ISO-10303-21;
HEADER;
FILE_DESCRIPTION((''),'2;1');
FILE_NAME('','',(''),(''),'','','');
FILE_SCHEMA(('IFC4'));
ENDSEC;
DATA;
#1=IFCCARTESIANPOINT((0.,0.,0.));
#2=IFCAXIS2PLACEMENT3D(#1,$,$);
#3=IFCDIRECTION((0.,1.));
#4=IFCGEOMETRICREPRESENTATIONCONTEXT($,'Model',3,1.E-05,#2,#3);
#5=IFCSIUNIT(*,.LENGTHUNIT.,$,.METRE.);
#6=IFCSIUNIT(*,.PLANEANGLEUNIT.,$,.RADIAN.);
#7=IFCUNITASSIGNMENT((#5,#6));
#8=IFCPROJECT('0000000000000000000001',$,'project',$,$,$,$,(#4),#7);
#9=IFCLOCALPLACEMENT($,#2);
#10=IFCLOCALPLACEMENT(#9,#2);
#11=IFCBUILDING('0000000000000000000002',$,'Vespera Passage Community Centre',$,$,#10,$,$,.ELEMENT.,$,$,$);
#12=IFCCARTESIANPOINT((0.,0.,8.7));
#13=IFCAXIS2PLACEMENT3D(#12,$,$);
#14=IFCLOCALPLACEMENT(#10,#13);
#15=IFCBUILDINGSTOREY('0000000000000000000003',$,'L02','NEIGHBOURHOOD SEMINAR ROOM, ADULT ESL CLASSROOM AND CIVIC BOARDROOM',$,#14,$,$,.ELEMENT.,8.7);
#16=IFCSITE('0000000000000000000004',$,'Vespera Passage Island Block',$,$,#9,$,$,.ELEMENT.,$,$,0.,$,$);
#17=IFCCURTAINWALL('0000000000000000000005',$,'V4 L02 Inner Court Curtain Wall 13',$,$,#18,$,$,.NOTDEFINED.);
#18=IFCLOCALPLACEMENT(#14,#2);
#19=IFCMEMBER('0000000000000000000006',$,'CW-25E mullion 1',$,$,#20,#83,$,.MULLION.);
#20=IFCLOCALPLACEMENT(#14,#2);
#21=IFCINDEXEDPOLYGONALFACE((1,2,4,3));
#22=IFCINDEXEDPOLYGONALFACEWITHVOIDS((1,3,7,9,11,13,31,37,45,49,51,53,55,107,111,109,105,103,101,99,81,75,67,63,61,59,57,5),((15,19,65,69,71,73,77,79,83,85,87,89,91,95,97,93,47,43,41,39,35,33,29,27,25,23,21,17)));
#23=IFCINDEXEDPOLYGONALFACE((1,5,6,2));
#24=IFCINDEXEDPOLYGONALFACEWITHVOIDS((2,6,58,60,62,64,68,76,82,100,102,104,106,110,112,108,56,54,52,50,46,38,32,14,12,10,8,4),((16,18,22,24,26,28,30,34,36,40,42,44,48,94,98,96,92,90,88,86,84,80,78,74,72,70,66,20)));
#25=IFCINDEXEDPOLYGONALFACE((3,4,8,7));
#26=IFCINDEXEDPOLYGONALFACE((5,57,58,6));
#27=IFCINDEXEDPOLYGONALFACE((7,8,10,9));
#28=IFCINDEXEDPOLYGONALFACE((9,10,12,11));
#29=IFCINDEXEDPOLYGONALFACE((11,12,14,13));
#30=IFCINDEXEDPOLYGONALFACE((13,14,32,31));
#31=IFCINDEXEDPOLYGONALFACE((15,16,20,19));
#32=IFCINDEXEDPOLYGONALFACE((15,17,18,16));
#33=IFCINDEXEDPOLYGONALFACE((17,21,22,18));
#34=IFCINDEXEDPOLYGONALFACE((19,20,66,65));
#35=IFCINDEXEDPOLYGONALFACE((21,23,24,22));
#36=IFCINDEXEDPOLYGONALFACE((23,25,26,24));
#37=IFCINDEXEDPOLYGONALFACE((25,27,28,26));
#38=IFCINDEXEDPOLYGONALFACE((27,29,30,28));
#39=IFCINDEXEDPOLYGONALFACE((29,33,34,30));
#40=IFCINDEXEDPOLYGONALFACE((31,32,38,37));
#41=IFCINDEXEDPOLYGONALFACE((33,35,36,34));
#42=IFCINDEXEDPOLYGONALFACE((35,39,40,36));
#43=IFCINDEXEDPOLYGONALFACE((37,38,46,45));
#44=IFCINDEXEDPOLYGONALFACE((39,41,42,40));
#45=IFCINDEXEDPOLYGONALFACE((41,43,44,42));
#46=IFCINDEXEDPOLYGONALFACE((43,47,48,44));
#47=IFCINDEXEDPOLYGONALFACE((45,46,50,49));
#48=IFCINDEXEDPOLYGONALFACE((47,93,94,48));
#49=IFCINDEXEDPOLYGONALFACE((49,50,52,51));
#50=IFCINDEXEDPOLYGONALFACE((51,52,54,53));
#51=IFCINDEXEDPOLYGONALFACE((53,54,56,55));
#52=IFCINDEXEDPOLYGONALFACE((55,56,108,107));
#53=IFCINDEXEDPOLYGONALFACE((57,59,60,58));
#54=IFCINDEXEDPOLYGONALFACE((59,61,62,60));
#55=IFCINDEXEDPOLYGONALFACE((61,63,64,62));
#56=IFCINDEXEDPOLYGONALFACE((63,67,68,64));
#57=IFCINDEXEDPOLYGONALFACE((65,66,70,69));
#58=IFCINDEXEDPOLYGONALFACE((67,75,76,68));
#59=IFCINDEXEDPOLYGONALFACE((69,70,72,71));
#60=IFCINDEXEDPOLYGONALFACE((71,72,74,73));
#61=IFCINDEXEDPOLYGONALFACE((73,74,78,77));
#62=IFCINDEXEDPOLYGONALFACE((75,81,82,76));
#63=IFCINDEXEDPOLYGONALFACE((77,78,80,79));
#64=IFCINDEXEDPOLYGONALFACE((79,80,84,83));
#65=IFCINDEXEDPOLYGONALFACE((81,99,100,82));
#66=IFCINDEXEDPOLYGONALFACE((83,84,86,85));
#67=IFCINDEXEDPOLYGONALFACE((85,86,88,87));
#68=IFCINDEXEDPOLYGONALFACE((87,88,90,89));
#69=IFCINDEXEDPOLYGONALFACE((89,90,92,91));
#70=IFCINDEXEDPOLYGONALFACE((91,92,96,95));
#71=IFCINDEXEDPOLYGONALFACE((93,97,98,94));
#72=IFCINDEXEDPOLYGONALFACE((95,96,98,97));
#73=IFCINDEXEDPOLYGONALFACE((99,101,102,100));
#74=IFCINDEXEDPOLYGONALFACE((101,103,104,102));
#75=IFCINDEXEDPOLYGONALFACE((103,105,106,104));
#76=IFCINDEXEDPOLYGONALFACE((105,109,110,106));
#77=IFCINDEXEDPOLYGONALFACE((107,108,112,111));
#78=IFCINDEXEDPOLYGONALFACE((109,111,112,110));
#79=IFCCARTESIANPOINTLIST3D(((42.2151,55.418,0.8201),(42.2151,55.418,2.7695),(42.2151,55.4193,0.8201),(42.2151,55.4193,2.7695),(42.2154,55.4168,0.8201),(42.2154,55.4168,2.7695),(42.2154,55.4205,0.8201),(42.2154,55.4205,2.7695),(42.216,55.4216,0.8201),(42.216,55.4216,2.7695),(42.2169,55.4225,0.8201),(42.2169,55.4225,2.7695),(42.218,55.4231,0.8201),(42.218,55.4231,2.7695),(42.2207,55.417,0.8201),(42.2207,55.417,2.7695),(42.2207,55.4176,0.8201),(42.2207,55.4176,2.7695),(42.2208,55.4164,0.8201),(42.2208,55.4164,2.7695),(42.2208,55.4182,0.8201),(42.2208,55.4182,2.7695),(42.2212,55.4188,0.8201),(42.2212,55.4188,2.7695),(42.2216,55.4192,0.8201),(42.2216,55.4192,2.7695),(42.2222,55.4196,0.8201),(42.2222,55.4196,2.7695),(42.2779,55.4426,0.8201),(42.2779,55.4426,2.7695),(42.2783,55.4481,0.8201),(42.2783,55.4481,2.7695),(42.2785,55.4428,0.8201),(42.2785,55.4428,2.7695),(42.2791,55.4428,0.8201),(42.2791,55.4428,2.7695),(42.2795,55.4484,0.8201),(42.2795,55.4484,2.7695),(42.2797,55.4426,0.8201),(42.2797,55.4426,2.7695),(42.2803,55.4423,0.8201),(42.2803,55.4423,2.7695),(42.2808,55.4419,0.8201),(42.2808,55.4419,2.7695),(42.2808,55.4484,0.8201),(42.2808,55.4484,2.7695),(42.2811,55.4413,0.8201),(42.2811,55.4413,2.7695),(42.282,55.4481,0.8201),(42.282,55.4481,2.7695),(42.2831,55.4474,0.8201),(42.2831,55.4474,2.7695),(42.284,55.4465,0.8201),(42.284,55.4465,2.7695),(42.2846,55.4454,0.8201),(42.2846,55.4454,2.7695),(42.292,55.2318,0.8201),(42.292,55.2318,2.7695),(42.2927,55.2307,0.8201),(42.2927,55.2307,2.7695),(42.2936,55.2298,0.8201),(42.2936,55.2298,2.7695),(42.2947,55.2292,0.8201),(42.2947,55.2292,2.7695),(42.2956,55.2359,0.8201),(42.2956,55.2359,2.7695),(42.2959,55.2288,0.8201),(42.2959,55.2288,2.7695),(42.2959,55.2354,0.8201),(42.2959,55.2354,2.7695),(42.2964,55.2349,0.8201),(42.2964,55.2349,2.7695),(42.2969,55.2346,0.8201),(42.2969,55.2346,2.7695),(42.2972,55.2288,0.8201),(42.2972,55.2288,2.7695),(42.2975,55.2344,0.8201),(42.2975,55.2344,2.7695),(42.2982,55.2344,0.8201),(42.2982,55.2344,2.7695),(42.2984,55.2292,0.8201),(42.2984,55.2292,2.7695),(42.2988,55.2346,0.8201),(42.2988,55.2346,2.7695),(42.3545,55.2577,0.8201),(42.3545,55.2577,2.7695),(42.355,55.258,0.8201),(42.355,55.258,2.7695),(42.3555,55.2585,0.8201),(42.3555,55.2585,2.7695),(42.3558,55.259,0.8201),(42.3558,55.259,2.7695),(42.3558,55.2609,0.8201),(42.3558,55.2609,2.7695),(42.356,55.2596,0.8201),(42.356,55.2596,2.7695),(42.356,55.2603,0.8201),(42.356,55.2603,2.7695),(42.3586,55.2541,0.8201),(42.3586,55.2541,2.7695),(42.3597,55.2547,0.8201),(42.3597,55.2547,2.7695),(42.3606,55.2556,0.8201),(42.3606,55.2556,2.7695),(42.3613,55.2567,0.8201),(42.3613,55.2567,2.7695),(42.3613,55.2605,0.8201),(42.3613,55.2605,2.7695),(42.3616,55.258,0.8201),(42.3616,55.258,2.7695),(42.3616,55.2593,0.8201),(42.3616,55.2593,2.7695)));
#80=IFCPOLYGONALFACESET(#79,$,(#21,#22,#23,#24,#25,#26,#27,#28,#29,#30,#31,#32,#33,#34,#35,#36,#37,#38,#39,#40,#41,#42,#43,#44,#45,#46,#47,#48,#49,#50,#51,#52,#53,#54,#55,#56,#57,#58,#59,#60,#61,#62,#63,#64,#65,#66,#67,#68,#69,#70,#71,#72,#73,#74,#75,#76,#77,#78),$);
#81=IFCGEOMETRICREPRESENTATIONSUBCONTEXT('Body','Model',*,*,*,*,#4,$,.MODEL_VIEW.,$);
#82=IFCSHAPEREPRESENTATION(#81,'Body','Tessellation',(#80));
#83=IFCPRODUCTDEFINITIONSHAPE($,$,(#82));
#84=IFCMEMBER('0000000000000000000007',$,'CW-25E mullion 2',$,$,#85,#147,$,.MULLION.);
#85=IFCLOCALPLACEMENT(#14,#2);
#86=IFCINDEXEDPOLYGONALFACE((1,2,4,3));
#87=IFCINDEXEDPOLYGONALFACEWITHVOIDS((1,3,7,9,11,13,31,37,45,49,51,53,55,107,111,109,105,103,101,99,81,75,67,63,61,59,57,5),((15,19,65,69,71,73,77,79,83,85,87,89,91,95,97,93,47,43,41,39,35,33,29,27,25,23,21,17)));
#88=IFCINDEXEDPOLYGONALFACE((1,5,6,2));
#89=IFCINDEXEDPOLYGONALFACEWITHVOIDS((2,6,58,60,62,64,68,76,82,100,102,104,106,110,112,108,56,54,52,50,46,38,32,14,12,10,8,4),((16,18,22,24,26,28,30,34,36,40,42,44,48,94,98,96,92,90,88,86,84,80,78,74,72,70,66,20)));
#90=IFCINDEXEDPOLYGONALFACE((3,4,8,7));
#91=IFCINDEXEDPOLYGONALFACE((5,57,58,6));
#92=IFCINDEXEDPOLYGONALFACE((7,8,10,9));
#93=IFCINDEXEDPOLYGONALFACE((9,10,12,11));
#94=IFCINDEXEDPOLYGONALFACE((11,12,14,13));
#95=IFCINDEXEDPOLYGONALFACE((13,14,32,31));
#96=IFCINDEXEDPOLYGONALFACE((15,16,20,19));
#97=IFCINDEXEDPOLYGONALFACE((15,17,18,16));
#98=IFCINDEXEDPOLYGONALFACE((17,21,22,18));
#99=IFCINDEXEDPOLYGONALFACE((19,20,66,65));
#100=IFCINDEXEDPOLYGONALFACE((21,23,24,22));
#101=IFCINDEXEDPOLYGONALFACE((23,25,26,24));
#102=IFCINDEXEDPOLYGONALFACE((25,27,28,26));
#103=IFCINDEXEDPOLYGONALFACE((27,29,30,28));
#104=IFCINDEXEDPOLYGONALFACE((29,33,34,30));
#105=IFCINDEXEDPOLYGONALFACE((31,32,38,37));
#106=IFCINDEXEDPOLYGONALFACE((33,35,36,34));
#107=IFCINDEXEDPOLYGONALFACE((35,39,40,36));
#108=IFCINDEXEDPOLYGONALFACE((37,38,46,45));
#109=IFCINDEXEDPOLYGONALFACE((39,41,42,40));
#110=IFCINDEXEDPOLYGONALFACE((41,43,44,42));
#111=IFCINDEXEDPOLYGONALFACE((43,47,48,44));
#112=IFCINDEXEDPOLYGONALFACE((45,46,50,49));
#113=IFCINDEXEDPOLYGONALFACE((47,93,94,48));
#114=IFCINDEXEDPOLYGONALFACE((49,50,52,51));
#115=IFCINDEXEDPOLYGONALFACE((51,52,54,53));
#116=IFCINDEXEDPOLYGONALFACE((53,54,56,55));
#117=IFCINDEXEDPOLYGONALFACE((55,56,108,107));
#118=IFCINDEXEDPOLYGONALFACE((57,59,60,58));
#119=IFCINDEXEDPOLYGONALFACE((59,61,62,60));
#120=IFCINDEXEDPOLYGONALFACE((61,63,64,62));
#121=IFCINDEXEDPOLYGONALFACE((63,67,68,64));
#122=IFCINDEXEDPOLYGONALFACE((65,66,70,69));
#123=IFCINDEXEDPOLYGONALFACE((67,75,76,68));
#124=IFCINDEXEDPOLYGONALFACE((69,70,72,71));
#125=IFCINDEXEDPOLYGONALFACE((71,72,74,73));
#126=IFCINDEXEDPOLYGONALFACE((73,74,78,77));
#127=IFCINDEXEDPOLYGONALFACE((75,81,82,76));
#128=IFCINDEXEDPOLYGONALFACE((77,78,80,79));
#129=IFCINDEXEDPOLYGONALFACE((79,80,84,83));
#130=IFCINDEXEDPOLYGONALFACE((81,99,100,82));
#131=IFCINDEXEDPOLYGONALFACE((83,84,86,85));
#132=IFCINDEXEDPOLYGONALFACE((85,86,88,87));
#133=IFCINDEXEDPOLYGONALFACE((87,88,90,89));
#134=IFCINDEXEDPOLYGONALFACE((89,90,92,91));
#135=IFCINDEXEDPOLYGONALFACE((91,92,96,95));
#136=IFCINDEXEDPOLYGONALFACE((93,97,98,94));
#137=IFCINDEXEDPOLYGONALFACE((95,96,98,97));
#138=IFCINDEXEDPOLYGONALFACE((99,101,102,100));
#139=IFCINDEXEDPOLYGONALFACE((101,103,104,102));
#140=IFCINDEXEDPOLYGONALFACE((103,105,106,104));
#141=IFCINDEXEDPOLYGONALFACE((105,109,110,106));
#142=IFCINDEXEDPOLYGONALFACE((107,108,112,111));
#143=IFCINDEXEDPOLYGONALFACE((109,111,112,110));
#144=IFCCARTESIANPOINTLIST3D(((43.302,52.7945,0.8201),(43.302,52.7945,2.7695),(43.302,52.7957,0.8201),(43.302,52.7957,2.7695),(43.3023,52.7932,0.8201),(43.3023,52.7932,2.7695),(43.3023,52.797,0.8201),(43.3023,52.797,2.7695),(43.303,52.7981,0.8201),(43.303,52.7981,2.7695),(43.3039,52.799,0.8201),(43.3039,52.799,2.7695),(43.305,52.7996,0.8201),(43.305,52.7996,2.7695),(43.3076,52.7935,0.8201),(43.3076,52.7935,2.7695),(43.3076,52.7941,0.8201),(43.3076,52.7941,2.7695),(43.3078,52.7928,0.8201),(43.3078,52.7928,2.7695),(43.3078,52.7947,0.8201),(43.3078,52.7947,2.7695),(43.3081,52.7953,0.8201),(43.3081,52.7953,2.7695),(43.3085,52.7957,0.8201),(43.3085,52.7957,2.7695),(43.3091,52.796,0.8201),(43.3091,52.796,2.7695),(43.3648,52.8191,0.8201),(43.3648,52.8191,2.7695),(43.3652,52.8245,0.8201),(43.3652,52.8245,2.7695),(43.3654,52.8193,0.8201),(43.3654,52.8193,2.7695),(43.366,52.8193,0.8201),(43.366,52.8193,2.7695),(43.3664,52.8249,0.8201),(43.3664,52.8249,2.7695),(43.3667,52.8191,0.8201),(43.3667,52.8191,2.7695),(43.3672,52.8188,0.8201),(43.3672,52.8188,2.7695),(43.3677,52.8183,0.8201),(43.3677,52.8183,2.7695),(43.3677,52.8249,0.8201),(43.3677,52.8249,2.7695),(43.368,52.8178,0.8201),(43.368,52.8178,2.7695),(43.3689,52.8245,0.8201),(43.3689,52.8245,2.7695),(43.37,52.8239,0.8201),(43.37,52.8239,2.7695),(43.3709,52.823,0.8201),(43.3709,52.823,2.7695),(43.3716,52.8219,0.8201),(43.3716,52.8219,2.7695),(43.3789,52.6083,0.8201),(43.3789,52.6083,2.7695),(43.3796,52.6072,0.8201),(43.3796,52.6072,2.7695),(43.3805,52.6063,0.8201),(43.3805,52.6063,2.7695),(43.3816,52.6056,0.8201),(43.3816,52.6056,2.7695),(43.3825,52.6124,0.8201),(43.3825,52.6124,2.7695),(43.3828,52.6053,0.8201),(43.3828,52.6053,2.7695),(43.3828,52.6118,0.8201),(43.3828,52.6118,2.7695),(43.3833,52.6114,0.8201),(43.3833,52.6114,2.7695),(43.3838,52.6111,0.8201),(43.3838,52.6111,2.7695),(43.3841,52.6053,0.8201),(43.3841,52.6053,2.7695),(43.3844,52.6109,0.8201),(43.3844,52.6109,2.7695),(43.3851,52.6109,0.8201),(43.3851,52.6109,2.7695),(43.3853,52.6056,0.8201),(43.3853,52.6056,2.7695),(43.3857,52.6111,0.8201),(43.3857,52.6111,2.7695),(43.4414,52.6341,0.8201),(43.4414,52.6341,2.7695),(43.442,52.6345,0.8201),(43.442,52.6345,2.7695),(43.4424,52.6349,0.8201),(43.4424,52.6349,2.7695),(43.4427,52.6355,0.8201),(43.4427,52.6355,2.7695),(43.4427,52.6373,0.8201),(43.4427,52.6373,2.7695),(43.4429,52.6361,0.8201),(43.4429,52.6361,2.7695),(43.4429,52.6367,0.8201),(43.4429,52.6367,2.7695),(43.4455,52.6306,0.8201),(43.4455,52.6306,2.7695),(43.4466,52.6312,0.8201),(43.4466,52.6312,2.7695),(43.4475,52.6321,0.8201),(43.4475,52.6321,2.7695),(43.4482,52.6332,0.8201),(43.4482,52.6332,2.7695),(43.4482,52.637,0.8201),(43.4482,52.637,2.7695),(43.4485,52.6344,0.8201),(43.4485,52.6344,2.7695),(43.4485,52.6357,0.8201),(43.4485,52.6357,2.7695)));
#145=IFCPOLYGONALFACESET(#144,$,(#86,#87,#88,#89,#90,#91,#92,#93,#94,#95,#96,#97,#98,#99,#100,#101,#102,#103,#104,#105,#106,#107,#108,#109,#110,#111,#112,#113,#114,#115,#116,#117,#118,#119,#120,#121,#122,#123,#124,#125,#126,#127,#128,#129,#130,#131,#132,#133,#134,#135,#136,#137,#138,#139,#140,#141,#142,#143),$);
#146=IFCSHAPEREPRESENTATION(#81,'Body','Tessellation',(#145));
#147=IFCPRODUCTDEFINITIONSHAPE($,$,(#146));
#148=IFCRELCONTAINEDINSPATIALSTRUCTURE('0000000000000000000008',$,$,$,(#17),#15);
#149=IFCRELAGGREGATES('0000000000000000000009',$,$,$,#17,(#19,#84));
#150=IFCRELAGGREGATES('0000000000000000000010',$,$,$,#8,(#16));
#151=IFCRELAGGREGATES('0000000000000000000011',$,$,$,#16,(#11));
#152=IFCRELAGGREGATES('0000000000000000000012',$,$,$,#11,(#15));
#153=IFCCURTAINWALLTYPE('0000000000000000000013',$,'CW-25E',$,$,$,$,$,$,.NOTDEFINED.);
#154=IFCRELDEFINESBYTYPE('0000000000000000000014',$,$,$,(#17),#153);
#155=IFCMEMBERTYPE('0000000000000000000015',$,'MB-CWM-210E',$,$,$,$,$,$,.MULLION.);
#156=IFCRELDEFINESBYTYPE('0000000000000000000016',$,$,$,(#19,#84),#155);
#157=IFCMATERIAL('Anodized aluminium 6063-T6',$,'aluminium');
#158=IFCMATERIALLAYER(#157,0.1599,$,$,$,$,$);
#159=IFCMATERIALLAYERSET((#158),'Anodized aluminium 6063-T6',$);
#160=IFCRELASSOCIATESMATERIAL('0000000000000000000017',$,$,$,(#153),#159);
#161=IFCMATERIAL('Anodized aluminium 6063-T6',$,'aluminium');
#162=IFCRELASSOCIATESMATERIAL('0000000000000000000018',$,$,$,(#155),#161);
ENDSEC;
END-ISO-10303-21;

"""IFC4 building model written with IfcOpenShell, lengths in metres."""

from ifc_helpers import new_model, si_unit, direction, frame, origin, origin_2d, place, context, subcontext, project, spatial, hollow_rectangle, extrude, material, layer, layer_set, material_profile, profile_set, type_object, element, aggregate, save


model = new_model("IFC4")

# Units and contexts
model_context = context("Model", 3, precision=1e-05, world=origin(), true_north=direction((0.0, 1.0)))
body_context = subcontext(model_context, "Body", "Model", "MODEL_VIEW")
ifc_project = project(units=[si_unit("LENGTHUNIT", "METRE"), si_unit("PLANEANGLEUNIT", "RADIAN")], contexts=[model_context])

# Site, building, storey
site_placement = place(None, origin())
site = spatial("IfcSite", under=ifc_project, at=site_placement, Name="Vespera Passage Island Block", CompositionType="ELEMENT", RefElevation=0.0)
building_placement = place(site_placement, origin())
building = spatial("IfcBuilding", under=site, at=building_placement, Name="Vespera Passage Community Centre", CompositionType="ELEMENT")
storey_placement = place(building_placement, frame((0.0, 0.0, 8.7)))
storey = spatial("IfcBuildingStorey", under=building, at=storey_placement, Name="L02", Description="NEIGHBOURHOOD SEMINAR ROOM, ADULT ESL CLASSROOM AND CIVIC BOARDROOM", CompositionType="ELEMENT", Elevation=8.7)

# Curtain wall, members
ifc_material_1 = material(Name="Anodized aluminium 6063-T6", Category="aluminium")
ifc_layer_1 = layer(ifc_material_1, 0.1599)
ifc_layer_set_1 = layer_set([ifc_layer_1], Name="Anodized aluminium 6063-T6")
curtain_wall_type_1 = type_object("IfcCurtainWallType", Name="CW-25E", PredefinedType="NOTDEFINED", material=ifc_layer_set_1)
curtain_wall_1_placement = place(storey_placement, origin())
curtain_wall_1 = element("IfcCurtainWall", 1, at=curtain_wall_1_placement, inside=storey, type_object=curtain_wall_type_1, Name="V4 L02 Inner Court Curtain Wall 13", PredefinedType="NOTDEFINED")
ifc_material_2 = material(Name="Anodized aluminium 6063-T6", Category="aluminium")
ifc_material_profile_1 = material_profile(ifc_material_2, hollow_rectangle(XDim=0.075, YDim=0.21, WallThickness=0.0049, InnerFilletRadius=0.0024, OuterFilletRadius=0.0049, at=origin_2d()), Name="ALU210X75X5")
ifc_profile_set_1 = profile_set([ifc_material_profile_1], Name="Anodized aluminium 6063-T6")
member_type_1 = type_object("IfcMemberType", Name="MB-CWM-210E", PredefinedType="MULLION", material=ifc_profile_set_1)
member_1_placement = place(storey_placement, frame((42.2883, 55.3386, 0.8201), z_axis=(0.0, 0.0, 1.0), x_axis=(0.923877, 0.38269, 0.0)))
member_1 = element("IfcMember", 2, at=member_1_placement, type_object=member_type_1, Name="CW-25E mullion 1", PredefinedType="MULLION", context=body_context, shape_type="SweptSolid", body=[
    extrude(hollow_rectangle(XDim=0.075, YDim=0.21, WallThickness=0.0049, InnerFilletRadius=0.0024, OuterFilletRadius=0.0049, at=origin_2d()), origin(), (0.0, 0.0, 1.0), 1.9495),
])
member_2_placement = place(storey_placement, frame((43.3752, 52.7151, 0.8201), z_axis=(0.0, 0.0, 1.0), x_axis=(0.923877, 0.38269, 0.0)))
member_2 = element("IfcMember", 3, at=member_2_placement, type_object=member_type_1, Name="CW-25E mullion 2", PredefinedType="MULLION", context=body_context, shape_type="SweptSolid", body=[
    extrude(hollow_rectangle(XDim=0.075, YDim=0.21, WallThickness=0.0049, InnerFilletRadius=0.0024, OuterFilletRadius=0.0049, at=origin_2d()), origin(), (0.0, 0.0, 1.0), 1.9495),
])

aggregate(curtain_wall_1, [member_1, member_2])

save(model, "model.ifc")
